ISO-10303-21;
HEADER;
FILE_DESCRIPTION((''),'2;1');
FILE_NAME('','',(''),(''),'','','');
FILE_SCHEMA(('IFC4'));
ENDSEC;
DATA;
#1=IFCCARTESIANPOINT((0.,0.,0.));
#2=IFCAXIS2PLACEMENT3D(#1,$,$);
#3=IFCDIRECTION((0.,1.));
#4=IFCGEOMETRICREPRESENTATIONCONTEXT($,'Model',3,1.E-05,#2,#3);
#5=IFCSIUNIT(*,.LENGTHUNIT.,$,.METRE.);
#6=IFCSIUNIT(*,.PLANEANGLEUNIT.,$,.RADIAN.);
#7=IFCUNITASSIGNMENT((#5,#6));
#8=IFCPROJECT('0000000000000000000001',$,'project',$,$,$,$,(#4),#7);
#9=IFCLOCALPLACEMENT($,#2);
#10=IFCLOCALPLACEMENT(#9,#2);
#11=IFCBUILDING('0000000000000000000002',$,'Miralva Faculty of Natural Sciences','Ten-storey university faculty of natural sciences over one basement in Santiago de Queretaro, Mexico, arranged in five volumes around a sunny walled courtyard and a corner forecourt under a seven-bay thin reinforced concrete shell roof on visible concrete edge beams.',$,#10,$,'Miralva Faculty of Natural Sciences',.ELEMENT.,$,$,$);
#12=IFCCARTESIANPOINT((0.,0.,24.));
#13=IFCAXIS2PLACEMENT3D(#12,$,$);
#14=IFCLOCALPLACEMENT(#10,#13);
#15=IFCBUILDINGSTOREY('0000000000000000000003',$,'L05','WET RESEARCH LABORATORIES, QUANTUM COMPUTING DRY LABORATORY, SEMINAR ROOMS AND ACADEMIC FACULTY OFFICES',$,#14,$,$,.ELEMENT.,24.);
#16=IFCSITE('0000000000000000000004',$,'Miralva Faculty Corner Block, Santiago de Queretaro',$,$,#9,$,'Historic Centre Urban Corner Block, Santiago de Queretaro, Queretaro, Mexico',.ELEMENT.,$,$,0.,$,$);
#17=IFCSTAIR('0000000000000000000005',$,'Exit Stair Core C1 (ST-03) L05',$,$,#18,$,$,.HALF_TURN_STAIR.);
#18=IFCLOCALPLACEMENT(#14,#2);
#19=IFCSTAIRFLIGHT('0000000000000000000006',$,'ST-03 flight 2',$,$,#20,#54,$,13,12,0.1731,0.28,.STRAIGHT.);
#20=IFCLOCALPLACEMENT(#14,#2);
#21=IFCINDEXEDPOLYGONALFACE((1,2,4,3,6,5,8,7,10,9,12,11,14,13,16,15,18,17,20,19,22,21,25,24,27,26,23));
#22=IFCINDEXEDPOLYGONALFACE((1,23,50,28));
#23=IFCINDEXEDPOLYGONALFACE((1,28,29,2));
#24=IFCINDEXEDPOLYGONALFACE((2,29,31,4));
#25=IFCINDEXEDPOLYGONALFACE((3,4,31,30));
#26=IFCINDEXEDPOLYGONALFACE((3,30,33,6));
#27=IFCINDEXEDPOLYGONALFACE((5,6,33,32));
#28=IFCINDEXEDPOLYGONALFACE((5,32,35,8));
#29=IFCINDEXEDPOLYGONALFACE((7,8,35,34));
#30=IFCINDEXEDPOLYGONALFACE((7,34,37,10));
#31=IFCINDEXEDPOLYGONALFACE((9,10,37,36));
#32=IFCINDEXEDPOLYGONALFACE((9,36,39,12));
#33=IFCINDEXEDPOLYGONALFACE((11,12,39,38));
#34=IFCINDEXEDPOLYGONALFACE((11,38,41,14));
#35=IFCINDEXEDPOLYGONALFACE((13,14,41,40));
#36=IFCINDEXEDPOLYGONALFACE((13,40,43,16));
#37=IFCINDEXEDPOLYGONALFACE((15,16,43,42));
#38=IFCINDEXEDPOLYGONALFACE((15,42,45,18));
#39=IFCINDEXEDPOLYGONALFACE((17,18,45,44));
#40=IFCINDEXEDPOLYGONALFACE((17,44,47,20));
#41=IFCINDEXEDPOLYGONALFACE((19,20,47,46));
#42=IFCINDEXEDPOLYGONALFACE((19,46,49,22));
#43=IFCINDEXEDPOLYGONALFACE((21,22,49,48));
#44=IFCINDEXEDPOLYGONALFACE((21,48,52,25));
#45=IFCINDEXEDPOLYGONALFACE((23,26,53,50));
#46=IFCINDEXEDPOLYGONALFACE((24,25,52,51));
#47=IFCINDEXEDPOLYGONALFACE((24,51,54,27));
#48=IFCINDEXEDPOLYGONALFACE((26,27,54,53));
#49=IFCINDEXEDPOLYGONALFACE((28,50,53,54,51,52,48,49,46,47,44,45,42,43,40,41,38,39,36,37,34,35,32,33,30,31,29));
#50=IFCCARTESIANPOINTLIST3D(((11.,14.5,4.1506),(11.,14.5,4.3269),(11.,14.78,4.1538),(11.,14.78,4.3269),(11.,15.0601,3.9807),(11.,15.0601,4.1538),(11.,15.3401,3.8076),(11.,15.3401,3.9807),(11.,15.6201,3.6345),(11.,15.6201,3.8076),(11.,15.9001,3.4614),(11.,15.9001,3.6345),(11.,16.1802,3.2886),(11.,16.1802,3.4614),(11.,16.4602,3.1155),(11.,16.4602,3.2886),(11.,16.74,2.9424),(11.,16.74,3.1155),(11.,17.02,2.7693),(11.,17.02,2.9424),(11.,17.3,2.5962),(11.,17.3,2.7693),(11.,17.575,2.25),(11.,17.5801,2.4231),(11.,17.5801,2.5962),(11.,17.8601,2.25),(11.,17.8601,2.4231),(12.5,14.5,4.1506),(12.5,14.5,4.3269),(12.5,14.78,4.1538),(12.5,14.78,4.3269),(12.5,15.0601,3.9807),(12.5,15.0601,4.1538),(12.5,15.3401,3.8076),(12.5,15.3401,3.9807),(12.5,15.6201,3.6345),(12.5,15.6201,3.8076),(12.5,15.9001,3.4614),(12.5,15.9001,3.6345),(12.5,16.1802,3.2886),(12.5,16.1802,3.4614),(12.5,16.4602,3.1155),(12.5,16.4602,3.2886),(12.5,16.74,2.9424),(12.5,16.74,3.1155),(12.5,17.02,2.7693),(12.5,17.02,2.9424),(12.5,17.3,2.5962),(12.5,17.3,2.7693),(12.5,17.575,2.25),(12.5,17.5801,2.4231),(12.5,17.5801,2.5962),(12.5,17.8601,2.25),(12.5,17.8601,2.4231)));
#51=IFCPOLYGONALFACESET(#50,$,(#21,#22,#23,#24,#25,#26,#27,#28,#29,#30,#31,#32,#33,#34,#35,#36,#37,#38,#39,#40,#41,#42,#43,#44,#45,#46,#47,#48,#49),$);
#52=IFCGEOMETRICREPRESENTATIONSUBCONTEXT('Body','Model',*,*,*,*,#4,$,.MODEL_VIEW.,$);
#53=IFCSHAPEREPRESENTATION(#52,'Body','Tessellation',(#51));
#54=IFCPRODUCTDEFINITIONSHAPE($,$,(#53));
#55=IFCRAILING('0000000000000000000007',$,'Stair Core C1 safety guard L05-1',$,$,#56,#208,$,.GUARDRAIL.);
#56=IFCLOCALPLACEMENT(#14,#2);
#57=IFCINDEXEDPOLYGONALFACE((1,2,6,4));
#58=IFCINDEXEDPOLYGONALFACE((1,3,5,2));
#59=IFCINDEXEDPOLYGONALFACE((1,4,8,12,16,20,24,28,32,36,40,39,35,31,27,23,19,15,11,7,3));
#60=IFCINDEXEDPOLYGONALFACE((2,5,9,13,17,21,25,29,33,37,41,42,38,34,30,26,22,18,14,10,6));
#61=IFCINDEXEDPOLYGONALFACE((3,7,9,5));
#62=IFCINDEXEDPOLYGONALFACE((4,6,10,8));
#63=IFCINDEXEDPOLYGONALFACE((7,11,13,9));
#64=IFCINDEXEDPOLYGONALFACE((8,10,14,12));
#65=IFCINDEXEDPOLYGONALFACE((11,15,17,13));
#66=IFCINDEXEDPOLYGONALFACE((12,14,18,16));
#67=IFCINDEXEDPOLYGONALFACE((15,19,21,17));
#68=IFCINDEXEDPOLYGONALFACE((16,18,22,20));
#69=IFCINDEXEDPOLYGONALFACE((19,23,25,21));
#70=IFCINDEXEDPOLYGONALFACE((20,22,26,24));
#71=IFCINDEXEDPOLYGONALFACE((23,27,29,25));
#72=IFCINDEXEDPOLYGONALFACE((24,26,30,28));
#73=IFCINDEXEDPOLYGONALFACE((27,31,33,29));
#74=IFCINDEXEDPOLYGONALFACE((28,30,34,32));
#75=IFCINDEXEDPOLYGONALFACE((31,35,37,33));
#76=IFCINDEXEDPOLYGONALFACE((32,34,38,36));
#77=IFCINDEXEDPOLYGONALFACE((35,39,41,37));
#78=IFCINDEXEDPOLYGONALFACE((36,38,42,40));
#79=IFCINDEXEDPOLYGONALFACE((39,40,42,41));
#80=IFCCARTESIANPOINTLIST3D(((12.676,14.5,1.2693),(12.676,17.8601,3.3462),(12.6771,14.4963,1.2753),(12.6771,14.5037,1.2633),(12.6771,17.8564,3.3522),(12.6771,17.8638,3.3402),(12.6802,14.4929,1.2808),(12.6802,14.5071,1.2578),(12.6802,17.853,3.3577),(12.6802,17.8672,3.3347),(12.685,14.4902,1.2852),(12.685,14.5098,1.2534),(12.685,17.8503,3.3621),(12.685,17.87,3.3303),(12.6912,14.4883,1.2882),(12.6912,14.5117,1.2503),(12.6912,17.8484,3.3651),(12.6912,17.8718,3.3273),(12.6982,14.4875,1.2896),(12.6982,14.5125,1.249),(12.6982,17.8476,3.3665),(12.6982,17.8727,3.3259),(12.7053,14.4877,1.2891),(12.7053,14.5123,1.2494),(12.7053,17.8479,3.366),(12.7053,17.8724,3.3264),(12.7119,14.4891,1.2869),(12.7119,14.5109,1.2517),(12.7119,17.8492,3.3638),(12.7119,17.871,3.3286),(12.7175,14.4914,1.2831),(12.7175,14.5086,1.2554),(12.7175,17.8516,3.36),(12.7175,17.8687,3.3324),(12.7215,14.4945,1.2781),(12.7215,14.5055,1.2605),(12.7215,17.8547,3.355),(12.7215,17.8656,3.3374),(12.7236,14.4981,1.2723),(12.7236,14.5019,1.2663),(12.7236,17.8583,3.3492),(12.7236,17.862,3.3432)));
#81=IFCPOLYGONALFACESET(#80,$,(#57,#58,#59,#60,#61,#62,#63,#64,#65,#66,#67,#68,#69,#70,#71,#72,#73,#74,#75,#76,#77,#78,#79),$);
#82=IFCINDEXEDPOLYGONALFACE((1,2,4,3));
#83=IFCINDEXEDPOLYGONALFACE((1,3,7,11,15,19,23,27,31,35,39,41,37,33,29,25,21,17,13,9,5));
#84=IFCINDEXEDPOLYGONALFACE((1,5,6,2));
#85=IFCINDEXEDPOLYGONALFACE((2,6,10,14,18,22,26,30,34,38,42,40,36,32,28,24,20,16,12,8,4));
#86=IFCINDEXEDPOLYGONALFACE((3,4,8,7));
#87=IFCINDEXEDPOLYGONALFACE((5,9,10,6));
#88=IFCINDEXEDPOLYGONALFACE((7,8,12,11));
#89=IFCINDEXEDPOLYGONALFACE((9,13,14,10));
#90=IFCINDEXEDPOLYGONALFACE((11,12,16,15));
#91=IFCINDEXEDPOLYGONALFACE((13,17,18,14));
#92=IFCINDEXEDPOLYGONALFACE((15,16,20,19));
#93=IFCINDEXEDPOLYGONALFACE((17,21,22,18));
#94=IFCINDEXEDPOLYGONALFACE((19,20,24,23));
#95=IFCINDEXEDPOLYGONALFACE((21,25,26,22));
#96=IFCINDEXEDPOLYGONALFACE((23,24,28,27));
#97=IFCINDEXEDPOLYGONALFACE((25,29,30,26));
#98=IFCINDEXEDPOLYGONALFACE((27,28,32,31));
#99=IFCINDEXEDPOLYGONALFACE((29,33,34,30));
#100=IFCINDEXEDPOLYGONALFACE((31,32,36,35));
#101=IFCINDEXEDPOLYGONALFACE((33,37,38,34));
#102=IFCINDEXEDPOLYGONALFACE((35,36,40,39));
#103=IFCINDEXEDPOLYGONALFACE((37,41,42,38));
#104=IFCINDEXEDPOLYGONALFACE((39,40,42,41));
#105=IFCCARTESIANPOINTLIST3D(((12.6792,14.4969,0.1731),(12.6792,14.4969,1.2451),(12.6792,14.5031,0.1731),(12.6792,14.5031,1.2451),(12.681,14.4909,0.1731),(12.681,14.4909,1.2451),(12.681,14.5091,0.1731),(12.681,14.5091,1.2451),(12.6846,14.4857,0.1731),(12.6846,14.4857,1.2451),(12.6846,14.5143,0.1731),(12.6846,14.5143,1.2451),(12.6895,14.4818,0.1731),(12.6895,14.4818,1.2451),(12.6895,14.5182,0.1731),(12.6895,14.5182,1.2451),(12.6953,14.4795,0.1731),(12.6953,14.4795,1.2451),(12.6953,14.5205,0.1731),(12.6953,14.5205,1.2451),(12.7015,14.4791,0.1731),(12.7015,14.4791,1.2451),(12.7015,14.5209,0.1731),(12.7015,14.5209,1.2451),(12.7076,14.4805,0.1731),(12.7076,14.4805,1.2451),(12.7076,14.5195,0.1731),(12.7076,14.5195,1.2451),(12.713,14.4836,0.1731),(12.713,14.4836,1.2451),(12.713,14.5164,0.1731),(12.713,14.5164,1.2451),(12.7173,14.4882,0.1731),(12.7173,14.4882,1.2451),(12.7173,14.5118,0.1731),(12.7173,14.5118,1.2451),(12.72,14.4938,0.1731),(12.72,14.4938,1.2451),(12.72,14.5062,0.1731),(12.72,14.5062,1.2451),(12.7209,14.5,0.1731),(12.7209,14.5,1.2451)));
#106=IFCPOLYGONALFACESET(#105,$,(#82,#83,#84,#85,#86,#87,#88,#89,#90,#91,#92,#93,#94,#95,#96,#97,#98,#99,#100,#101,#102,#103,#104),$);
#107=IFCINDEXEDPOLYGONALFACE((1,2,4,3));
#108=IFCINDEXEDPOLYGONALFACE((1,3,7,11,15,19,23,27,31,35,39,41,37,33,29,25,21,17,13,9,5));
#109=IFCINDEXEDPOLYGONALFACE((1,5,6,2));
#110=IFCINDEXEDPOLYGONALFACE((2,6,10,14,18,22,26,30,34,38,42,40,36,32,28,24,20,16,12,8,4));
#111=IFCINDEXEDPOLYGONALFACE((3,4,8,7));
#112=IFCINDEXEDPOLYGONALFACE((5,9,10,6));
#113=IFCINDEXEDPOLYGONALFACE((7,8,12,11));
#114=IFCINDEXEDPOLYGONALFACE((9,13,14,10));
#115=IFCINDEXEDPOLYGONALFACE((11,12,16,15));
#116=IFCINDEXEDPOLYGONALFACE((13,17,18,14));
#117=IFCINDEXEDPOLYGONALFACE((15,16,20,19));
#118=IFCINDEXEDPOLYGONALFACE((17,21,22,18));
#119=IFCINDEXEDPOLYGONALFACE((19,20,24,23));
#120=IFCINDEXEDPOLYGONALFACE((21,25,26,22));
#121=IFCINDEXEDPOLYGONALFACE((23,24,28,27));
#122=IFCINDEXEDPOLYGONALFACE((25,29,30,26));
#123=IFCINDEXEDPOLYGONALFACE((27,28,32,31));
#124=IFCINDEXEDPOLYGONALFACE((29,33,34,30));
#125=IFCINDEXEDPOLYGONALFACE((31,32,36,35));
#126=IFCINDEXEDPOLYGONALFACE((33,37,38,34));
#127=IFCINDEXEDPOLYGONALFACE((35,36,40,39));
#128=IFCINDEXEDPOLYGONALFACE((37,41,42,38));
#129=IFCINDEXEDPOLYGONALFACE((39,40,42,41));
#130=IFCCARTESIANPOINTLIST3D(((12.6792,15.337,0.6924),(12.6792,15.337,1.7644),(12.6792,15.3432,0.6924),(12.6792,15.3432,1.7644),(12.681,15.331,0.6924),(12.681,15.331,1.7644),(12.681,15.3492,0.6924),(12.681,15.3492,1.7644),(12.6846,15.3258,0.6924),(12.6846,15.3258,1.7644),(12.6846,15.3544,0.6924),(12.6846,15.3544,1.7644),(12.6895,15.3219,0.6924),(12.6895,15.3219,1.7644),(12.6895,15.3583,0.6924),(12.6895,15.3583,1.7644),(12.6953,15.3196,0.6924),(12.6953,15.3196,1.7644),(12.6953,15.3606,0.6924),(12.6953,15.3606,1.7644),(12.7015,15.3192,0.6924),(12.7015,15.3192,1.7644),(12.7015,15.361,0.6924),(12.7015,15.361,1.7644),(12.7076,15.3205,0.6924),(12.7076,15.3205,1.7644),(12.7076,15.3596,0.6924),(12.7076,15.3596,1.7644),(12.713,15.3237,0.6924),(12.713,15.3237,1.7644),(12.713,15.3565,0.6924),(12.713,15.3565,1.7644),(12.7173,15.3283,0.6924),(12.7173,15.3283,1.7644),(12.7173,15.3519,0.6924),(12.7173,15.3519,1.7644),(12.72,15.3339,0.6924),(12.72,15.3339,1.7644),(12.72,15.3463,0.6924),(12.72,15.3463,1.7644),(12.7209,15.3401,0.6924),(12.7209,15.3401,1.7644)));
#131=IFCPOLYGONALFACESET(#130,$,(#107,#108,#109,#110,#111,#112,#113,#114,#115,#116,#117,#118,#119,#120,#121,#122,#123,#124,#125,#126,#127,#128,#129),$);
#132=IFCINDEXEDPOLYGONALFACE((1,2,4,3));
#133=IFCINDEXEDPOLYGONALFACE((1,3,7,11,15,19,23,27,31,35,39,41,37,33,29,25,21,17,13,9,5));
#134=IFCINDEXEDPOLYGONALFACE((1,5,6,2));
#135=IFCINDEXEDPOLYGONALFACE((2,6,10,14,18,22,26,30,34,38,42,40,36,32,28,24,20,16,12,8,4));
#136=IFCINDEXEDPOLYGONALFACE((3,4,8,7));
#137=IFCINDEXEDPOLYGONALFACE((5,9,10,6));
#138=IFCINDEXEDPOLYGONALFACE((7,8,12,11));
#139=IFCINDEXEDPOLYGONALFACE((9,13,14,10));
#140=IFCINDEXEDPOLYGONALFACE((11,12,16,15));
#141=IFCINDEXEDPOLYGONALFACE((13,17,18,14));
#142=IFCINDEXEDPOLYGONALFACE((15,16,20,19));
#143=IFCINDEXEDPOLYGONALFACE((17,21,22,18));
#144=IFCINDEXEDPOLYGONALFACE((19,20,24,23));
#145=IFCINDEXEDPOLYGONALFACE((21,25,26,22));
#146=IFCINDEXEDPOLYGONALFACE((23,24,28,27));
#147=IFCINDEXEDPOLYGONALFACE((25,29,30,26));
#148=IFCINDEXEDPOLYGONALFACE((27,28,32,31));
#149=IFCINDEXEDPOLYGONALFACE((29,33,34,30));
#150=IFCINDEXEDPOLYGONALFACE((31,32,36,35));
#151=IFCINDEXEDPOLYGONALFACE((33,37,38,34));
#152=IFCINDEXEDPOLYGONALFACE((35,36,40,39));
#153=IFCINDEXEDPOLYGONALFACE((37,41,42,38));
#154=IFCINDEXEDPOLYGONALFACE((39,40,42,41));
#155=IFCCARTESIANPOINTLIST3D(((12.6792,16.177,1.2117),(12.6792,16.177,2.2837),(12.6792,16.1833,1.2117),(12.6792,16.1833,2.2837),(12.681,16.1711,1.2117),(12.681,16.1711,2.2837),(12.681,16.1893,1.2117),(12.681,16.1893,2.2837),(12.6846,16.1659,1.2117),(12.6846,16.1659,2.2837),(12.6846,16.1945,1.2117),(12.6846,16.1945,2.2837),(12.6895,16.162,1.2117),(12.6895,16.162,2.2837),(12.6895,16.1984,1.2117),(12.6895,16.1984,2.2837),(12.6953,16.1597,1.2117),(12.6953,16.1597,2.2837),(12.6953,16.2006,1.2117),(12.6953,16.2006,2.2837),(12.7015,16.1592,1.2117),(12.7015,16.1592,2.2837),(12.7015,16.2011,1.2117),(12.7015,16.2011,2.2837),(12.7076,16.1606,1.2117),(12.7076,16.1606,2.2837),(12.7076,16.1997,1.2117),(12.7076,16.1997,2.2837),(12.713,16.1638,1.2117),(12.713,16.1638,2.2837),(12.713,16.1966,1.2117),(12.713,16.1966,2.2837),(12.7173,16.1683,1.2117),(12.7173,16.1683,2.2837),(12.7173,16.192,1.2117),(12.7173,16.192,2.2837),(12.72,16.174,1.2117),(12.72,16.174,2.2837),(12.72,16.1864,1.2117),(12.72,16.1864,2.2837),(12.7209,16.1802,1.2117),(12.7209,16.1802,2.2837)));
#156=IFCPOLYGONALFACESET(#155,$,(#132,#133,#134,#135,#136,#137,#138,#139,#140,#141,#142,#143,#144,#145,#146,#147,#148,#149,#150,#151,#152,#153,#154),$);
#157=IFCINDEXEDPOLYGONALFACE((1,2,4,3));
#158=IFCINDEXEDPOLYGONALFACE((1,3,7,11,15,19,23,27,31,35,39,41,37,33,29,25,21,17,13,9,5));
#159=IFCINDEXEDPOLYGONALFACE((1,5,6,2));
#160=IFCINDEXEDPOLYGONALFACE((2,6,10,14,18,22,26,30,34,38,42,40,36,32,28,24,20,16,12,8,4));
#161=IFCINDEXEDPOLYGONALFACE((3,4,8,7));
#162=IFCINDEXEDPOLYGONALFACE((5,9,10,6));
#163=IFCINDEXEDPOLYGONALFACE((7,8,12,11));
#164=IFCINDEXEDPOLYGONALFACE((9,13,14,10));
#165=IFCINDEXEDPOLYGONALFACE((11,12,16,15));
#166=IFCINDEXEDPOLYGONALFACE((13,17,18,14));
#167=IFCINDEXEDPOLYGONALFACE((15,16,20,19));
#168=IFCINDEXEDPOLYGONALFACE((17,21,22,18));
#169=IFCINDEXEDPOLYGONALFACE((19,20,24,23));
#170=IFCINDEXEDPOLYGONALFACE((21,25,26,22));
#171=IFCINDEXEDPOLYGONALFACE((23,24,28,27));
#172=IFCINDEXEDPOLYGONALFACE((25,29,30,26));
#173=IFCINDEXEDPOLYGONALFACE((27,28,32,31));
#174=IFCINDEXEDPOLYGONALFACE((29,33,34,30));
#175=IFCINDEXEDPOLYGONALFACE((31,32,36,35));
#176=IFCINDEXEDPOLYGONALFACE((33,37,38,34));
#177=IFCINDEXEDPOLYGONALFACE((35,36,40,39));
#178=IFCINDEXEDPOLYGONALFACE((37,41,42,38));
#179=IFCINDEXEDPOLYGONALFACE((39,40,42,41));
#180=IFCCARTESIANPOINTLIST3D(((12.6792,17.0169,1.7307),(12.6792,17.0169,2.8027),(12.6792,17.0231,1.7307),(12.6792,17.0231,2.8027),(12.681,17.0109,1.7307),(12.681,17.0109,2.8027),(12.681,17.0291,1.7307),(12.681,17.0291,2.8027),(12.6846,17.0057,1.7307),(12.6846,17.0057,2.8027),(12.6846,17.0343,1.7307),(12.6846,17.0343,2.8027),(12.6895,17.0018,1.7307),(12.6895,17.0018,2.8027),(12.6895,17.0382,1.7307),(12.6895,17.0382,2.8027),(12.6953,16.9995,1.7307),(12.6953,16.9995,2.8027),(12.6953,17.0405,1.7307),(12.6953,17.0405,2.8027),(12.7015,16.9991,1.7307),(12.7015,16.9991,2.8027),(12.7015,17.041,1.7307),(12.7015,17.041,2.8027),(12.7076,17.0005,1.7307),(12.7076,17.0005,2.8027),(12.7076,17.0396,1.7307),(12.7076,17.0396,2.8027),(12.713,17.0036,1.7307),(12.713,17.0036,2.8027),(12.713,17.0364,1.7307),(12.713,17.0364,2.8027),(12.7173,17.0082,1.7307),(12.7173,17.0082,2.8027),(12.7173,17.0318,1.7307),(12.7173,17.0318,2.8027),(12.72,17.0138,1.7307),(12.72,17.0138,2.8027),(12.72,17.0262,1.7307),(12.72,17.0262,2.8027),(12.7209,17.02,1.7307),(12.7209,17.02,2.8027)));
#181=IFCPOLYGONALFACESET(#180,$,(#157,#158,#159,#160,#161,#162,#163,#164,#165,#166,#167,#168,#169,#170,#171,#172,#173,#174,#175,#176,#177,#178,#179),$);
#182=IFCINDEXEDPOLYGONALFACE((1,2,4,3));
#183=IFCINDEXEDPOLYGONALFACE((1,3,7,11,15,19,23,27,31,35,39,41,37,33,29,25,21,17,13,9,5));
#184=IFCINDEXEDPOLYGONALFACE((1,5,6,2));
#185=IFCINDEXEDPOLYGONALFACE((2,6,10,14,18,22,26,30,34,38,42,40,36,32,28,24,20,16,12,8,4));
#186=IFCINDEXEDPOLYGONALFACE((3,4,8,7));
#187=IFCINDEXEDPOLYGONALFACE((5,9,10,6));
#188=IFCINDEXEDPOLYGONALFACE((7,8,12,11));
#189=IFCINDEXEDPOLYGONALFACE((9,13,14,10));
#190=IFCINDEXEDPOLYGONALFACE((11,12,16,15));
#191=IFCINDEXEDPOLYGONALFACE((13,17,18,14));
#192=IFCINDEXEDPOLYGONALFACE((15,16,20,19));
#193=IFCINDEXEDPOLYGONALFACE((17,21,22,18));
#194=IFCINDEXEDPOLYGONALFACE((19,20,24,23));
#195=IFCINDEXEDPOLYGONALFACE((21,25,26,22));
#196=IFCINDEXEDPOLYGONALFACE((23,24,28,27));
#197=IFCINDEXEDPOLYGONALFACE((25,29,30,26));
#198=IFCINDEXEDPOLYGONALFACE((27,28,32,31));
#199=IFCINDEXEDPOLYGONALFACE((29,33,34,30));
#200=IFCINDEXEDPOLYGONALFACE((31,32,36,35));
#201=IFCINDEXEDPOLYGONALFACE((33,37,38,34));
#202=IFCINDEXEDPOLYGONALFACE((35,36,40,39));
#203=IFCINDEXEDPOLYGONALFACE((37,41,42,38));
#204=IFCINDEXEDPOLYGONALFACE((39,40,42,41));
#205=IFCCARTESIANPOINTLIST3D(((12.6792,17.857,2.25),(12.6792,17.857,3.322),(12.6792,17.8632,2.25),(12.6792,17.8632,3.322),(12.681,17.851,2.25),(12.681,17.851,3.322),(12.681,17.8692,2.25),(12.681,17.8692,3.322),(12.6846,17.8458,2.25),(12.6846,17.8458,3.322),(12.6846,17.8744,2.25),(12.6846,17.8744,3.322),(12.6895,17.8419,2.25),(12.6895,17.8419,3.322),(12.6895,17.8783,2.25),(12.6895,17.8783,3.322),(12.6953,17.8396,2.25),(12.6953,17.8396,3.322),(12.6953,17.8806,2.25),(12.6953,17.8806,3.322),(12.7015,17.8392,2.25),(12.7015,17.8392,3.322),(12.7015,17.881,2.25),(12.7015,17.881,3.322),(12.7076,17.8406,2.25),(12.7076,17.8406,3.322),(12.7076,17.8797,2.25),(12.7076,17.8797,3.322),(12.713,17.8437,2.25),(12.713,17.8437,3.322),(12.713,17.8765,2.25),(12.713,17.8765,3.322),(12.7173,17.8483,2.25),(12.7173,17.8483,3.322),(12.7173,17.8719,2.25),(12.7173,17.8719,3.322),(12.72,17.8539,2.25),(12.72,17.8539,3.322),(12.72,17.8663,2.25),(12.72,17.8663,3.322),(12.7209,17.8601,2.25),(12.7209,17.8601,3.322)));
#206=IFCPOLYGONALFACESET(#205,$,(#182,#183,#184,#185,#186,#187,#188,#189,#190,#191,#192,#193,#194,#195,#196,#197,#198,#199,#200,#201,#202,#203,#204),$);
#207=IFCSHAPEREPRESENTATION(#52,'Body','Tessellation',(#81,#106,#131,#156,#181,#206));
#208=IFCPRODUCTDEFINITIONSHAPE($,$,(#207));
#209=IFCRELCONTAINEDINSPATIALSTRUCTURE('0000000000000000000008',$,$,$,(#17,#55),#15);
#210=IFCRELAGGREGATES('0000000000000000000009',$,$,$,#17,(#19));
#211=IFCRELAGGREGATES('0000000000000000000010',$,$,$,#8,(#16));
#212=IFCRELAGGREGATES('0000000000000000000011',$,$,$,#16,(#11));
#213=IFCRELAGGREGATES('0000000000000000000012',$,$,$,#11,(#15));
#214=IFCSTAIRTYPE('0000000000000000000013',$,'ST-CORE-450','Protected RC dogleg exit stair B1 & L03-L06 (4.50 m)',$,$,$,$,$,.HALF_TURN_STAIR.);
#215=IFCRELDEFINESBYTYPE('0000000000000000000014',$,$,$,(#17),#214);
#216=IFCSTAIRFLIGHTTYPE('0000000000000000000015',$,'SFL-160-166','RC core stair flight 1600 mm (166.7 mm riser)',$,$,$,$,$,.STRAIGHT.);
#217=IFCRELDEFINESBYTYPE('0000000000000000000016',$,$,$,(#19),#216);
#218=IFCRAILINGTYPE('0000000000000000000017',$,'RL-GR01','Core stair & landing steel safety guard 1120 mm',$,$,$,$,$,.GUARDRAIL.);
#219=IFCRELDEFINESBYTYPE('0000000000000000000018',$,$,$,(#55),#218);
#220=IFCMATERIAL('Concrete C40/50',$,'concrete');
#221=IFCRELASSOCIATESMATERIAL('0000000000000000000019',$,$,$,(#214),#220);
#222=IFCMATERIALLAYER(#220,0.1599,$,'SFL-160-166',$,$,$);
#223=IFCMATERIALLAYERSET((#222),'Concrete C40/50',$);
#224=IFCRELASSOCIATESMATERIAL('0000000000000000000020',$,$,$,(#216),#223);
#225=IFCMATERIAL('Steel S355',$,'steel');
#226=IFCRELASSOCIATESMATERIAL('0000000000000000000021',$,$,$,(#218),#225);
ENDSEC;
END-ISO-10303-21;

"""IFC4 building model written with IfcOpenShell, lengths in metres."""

from ifc_helpers import new_model, si_unit, direction, frame, origin, origin_2d, place, context, subcontext, project, spatial, polyline, circle, outline, extrude, material, layer, layer_set, type_object, element, aggregate, save


model = new_model("IFC4")

# Units and contexts
model_context = context("Model", 3, precision=1e-05, world=origin(), true_north=direction((0.0, 1.0)))
body_context = subcontext(model_context, "Body", "Model", "MODEL_VIEW")
ifc_project = project(units=[si_unit("LENGTHUNIT", "METRE"), si_unit("PLANEANGLEUNIT", "RADIAN")], contexts=[model_context])

# Site, building, storey
site_placement = place(None, origin())
site = spatial("IfcSite", under=ifc_project, at=site_placement, Name="Miralva Faculty Corner Block, Santiago de Queretaro", LongName="Historic Centre Urban Corner Block, Santiago de Queretaro, Queretaro, Mexico", CompositionType="ELEMENT", RefElevation=0.0)
building_placement = place(site_placement, origin())
building = spatial("IfcBuilding", under=site, at=building_placement, Name="Miralva Faculty of Natural Sciences", Description="Ten-storey university faculty of natural sciences over one basement in Santiago de Queretaro, Mexico, arranged in five volumes around a sunny walled courtyard and a corner forecourt under a seven-bay thin reinforced concrete shell roof on visible concrete edge beams.", LongName="Miralva Faculty of Natural Sciences", CompositionType="ELEMENT")
storey_placement = place(building_placement, frame((0.0, 0.0, 24.0)))
storey = spatial("IfcBuildingStorey", under=building, at=storey_placement, Name="L05", Description="WET RESEARCH LABORATORIES, QUANTUM COMPUTING DRY LABORATORY, SEMINAR ROOMS AND ACADEMIC FACULTY OFFICES", CompositionType="ELEMENT", Elevation=24.0)

# Shared definitions
ifc_material_1 = material(Name="Concrete C40/50", Category="concrete")

# Stair, stair flight
stair_type = type_object("IfcStairType", Name="ST-CORE-450", Description="Protected RC dogleg exit stair B1 & L03-L06 (4.50 m)", PredefinedType="HALF_TURN_STAIR", material=ifc_material_1)
stair_placement = place(storey_placement, origin())
stair = element("IfcStair", 1, at=stair_placement, inside=storey, type_object=stair_type, Name="Exit Stair Core C1 (ST-03) L05", PredefinedType="HALF_TURN_STAIR")
ifc_layer_1 = layer(ifc_material_1, 0.1599, Name="SFL-160-166")
ifc_layer_set_1 = layer_set([ifc_layer_1], Name="Concrete C40/50")
stair_flight_type = type_object("IfcStairFlightType", Name="SFL-160-166", Description="RC core stair flight 1600 mm (166.7 mm riser)", PredefinedType="STRAIGHT", material=ifc_layer_set_1)
stair_flight_placement = place(storey_placement, frame((11.75, 17.8601, 2.25), z_axis=(0.0, 0.0, 1.0), x_axis=(0.0, -1.0, 0.0)))
stair_flight = element("IfcStairFlight", 2, at=stair_flight_placement, type_object=stair_flight_type, Name="ST-03 flight 2", NumberOfRisers=13, NumberOfTreads=12, PredefinedType="STRAIGHT", RiserHeight=0.1731, TreadLength=0.28, context=body_context, shape_type="SweptSolid", body=[
    extrude(outline(polyline([(0.0, 0.0), (0.0, 0.1731), (0.28, 0.1731), (0.28, 0.3462), (0.5601, 0.3462), (0.5601, 0.5193), (0.8401, 0.5193), (0.8401, 0.6924), (1.1201, 0.6924), (1.1201, 0.8655), (1.3999, 0.8655), (1.3999, 1.0386), (1.6799, 1.0386), (1.6799, 1.2114), (1.96, 1.2114), (1.96, 1.3845), (2.24, 1.3845), (2.24, 1.5576), (2.52, 1.5576), (2.52, 1.7307), (2.8, 1.7307), (2.8, 1.9038), (3.0801, 1.9038), (3.0801, 2.0769), (3.3601, 2.0769), (3.3601, 2.25), (3.3601, 1.9006), (0.2852, 0.0), (0.0, 0.0)])), frame((0.0, 0.75, 0.0), z_axis=(0.0, -1.0, 0.0), x_axis=(1.0, 0.0, 0.0)), (0.0, 0.0, 1.0), 1.5),
])
aggregate(stair, [stair_flight])

# Railing
ifc_material_2 = material(Name="Steel S355", Category="steel")
railing_type_1 = type_object("IfcRailingType", Name="RL-GR01", Description="Core stair & landing steel safety guard 1120 mm", PredefinedType="GUARDRAIL", material=ifc_material_2)
railing_1_placement = place(storey_placement, frame((12.7, 14.5, 0.1731)))
element("IfcRailing", 3, at=railing_1_placement, inside=storey, type_object=railing_type_1, Name="Stair Core C1 safety guard L05-1", PredefinedType="GUARDRAIL", context=body_context, shape_type="SweptSolid", body=[
    extrude(circle(Radius=0.0239, at=origin_2d()), frame((0.0, 0.0, 1.0962), z_axis=(0.0, 0.850623, 0.525776), x_axis=(-1.0, 0.0, 0.0)), (0.0, 0.0, 1.0), 3.9502),
    extrude(circle(Radius=0.021, at=origin_2d()), origin(), (0.0, 0.0, 1.0), 1.072),
    extrude(circle(Radius=0.021, at=origin_2d()), frame((0.0, 0.8401, 0.5193)), (0.0, 0.0, 1.0), 1.072),
    extrude(circle(Radius=0.021, at=origin_2d()), frame((0.0, 1.6802, 1.0386)), (0.0, 0.0, 1.0), 1.072),
    extrude(circle(Radius=0.021, at=origin_2d()), frame((0.0, 2.52, 1.5576)), (0.0, 0.0, 1.0), 1.072),
    extrude(circle(Radius=0.021, at=origin_2d()), frame((0.0, 3.3601, 2.0769)), (0.0, 0.0, 1.0), 1.072),
])

save(model, "model.ifc")
